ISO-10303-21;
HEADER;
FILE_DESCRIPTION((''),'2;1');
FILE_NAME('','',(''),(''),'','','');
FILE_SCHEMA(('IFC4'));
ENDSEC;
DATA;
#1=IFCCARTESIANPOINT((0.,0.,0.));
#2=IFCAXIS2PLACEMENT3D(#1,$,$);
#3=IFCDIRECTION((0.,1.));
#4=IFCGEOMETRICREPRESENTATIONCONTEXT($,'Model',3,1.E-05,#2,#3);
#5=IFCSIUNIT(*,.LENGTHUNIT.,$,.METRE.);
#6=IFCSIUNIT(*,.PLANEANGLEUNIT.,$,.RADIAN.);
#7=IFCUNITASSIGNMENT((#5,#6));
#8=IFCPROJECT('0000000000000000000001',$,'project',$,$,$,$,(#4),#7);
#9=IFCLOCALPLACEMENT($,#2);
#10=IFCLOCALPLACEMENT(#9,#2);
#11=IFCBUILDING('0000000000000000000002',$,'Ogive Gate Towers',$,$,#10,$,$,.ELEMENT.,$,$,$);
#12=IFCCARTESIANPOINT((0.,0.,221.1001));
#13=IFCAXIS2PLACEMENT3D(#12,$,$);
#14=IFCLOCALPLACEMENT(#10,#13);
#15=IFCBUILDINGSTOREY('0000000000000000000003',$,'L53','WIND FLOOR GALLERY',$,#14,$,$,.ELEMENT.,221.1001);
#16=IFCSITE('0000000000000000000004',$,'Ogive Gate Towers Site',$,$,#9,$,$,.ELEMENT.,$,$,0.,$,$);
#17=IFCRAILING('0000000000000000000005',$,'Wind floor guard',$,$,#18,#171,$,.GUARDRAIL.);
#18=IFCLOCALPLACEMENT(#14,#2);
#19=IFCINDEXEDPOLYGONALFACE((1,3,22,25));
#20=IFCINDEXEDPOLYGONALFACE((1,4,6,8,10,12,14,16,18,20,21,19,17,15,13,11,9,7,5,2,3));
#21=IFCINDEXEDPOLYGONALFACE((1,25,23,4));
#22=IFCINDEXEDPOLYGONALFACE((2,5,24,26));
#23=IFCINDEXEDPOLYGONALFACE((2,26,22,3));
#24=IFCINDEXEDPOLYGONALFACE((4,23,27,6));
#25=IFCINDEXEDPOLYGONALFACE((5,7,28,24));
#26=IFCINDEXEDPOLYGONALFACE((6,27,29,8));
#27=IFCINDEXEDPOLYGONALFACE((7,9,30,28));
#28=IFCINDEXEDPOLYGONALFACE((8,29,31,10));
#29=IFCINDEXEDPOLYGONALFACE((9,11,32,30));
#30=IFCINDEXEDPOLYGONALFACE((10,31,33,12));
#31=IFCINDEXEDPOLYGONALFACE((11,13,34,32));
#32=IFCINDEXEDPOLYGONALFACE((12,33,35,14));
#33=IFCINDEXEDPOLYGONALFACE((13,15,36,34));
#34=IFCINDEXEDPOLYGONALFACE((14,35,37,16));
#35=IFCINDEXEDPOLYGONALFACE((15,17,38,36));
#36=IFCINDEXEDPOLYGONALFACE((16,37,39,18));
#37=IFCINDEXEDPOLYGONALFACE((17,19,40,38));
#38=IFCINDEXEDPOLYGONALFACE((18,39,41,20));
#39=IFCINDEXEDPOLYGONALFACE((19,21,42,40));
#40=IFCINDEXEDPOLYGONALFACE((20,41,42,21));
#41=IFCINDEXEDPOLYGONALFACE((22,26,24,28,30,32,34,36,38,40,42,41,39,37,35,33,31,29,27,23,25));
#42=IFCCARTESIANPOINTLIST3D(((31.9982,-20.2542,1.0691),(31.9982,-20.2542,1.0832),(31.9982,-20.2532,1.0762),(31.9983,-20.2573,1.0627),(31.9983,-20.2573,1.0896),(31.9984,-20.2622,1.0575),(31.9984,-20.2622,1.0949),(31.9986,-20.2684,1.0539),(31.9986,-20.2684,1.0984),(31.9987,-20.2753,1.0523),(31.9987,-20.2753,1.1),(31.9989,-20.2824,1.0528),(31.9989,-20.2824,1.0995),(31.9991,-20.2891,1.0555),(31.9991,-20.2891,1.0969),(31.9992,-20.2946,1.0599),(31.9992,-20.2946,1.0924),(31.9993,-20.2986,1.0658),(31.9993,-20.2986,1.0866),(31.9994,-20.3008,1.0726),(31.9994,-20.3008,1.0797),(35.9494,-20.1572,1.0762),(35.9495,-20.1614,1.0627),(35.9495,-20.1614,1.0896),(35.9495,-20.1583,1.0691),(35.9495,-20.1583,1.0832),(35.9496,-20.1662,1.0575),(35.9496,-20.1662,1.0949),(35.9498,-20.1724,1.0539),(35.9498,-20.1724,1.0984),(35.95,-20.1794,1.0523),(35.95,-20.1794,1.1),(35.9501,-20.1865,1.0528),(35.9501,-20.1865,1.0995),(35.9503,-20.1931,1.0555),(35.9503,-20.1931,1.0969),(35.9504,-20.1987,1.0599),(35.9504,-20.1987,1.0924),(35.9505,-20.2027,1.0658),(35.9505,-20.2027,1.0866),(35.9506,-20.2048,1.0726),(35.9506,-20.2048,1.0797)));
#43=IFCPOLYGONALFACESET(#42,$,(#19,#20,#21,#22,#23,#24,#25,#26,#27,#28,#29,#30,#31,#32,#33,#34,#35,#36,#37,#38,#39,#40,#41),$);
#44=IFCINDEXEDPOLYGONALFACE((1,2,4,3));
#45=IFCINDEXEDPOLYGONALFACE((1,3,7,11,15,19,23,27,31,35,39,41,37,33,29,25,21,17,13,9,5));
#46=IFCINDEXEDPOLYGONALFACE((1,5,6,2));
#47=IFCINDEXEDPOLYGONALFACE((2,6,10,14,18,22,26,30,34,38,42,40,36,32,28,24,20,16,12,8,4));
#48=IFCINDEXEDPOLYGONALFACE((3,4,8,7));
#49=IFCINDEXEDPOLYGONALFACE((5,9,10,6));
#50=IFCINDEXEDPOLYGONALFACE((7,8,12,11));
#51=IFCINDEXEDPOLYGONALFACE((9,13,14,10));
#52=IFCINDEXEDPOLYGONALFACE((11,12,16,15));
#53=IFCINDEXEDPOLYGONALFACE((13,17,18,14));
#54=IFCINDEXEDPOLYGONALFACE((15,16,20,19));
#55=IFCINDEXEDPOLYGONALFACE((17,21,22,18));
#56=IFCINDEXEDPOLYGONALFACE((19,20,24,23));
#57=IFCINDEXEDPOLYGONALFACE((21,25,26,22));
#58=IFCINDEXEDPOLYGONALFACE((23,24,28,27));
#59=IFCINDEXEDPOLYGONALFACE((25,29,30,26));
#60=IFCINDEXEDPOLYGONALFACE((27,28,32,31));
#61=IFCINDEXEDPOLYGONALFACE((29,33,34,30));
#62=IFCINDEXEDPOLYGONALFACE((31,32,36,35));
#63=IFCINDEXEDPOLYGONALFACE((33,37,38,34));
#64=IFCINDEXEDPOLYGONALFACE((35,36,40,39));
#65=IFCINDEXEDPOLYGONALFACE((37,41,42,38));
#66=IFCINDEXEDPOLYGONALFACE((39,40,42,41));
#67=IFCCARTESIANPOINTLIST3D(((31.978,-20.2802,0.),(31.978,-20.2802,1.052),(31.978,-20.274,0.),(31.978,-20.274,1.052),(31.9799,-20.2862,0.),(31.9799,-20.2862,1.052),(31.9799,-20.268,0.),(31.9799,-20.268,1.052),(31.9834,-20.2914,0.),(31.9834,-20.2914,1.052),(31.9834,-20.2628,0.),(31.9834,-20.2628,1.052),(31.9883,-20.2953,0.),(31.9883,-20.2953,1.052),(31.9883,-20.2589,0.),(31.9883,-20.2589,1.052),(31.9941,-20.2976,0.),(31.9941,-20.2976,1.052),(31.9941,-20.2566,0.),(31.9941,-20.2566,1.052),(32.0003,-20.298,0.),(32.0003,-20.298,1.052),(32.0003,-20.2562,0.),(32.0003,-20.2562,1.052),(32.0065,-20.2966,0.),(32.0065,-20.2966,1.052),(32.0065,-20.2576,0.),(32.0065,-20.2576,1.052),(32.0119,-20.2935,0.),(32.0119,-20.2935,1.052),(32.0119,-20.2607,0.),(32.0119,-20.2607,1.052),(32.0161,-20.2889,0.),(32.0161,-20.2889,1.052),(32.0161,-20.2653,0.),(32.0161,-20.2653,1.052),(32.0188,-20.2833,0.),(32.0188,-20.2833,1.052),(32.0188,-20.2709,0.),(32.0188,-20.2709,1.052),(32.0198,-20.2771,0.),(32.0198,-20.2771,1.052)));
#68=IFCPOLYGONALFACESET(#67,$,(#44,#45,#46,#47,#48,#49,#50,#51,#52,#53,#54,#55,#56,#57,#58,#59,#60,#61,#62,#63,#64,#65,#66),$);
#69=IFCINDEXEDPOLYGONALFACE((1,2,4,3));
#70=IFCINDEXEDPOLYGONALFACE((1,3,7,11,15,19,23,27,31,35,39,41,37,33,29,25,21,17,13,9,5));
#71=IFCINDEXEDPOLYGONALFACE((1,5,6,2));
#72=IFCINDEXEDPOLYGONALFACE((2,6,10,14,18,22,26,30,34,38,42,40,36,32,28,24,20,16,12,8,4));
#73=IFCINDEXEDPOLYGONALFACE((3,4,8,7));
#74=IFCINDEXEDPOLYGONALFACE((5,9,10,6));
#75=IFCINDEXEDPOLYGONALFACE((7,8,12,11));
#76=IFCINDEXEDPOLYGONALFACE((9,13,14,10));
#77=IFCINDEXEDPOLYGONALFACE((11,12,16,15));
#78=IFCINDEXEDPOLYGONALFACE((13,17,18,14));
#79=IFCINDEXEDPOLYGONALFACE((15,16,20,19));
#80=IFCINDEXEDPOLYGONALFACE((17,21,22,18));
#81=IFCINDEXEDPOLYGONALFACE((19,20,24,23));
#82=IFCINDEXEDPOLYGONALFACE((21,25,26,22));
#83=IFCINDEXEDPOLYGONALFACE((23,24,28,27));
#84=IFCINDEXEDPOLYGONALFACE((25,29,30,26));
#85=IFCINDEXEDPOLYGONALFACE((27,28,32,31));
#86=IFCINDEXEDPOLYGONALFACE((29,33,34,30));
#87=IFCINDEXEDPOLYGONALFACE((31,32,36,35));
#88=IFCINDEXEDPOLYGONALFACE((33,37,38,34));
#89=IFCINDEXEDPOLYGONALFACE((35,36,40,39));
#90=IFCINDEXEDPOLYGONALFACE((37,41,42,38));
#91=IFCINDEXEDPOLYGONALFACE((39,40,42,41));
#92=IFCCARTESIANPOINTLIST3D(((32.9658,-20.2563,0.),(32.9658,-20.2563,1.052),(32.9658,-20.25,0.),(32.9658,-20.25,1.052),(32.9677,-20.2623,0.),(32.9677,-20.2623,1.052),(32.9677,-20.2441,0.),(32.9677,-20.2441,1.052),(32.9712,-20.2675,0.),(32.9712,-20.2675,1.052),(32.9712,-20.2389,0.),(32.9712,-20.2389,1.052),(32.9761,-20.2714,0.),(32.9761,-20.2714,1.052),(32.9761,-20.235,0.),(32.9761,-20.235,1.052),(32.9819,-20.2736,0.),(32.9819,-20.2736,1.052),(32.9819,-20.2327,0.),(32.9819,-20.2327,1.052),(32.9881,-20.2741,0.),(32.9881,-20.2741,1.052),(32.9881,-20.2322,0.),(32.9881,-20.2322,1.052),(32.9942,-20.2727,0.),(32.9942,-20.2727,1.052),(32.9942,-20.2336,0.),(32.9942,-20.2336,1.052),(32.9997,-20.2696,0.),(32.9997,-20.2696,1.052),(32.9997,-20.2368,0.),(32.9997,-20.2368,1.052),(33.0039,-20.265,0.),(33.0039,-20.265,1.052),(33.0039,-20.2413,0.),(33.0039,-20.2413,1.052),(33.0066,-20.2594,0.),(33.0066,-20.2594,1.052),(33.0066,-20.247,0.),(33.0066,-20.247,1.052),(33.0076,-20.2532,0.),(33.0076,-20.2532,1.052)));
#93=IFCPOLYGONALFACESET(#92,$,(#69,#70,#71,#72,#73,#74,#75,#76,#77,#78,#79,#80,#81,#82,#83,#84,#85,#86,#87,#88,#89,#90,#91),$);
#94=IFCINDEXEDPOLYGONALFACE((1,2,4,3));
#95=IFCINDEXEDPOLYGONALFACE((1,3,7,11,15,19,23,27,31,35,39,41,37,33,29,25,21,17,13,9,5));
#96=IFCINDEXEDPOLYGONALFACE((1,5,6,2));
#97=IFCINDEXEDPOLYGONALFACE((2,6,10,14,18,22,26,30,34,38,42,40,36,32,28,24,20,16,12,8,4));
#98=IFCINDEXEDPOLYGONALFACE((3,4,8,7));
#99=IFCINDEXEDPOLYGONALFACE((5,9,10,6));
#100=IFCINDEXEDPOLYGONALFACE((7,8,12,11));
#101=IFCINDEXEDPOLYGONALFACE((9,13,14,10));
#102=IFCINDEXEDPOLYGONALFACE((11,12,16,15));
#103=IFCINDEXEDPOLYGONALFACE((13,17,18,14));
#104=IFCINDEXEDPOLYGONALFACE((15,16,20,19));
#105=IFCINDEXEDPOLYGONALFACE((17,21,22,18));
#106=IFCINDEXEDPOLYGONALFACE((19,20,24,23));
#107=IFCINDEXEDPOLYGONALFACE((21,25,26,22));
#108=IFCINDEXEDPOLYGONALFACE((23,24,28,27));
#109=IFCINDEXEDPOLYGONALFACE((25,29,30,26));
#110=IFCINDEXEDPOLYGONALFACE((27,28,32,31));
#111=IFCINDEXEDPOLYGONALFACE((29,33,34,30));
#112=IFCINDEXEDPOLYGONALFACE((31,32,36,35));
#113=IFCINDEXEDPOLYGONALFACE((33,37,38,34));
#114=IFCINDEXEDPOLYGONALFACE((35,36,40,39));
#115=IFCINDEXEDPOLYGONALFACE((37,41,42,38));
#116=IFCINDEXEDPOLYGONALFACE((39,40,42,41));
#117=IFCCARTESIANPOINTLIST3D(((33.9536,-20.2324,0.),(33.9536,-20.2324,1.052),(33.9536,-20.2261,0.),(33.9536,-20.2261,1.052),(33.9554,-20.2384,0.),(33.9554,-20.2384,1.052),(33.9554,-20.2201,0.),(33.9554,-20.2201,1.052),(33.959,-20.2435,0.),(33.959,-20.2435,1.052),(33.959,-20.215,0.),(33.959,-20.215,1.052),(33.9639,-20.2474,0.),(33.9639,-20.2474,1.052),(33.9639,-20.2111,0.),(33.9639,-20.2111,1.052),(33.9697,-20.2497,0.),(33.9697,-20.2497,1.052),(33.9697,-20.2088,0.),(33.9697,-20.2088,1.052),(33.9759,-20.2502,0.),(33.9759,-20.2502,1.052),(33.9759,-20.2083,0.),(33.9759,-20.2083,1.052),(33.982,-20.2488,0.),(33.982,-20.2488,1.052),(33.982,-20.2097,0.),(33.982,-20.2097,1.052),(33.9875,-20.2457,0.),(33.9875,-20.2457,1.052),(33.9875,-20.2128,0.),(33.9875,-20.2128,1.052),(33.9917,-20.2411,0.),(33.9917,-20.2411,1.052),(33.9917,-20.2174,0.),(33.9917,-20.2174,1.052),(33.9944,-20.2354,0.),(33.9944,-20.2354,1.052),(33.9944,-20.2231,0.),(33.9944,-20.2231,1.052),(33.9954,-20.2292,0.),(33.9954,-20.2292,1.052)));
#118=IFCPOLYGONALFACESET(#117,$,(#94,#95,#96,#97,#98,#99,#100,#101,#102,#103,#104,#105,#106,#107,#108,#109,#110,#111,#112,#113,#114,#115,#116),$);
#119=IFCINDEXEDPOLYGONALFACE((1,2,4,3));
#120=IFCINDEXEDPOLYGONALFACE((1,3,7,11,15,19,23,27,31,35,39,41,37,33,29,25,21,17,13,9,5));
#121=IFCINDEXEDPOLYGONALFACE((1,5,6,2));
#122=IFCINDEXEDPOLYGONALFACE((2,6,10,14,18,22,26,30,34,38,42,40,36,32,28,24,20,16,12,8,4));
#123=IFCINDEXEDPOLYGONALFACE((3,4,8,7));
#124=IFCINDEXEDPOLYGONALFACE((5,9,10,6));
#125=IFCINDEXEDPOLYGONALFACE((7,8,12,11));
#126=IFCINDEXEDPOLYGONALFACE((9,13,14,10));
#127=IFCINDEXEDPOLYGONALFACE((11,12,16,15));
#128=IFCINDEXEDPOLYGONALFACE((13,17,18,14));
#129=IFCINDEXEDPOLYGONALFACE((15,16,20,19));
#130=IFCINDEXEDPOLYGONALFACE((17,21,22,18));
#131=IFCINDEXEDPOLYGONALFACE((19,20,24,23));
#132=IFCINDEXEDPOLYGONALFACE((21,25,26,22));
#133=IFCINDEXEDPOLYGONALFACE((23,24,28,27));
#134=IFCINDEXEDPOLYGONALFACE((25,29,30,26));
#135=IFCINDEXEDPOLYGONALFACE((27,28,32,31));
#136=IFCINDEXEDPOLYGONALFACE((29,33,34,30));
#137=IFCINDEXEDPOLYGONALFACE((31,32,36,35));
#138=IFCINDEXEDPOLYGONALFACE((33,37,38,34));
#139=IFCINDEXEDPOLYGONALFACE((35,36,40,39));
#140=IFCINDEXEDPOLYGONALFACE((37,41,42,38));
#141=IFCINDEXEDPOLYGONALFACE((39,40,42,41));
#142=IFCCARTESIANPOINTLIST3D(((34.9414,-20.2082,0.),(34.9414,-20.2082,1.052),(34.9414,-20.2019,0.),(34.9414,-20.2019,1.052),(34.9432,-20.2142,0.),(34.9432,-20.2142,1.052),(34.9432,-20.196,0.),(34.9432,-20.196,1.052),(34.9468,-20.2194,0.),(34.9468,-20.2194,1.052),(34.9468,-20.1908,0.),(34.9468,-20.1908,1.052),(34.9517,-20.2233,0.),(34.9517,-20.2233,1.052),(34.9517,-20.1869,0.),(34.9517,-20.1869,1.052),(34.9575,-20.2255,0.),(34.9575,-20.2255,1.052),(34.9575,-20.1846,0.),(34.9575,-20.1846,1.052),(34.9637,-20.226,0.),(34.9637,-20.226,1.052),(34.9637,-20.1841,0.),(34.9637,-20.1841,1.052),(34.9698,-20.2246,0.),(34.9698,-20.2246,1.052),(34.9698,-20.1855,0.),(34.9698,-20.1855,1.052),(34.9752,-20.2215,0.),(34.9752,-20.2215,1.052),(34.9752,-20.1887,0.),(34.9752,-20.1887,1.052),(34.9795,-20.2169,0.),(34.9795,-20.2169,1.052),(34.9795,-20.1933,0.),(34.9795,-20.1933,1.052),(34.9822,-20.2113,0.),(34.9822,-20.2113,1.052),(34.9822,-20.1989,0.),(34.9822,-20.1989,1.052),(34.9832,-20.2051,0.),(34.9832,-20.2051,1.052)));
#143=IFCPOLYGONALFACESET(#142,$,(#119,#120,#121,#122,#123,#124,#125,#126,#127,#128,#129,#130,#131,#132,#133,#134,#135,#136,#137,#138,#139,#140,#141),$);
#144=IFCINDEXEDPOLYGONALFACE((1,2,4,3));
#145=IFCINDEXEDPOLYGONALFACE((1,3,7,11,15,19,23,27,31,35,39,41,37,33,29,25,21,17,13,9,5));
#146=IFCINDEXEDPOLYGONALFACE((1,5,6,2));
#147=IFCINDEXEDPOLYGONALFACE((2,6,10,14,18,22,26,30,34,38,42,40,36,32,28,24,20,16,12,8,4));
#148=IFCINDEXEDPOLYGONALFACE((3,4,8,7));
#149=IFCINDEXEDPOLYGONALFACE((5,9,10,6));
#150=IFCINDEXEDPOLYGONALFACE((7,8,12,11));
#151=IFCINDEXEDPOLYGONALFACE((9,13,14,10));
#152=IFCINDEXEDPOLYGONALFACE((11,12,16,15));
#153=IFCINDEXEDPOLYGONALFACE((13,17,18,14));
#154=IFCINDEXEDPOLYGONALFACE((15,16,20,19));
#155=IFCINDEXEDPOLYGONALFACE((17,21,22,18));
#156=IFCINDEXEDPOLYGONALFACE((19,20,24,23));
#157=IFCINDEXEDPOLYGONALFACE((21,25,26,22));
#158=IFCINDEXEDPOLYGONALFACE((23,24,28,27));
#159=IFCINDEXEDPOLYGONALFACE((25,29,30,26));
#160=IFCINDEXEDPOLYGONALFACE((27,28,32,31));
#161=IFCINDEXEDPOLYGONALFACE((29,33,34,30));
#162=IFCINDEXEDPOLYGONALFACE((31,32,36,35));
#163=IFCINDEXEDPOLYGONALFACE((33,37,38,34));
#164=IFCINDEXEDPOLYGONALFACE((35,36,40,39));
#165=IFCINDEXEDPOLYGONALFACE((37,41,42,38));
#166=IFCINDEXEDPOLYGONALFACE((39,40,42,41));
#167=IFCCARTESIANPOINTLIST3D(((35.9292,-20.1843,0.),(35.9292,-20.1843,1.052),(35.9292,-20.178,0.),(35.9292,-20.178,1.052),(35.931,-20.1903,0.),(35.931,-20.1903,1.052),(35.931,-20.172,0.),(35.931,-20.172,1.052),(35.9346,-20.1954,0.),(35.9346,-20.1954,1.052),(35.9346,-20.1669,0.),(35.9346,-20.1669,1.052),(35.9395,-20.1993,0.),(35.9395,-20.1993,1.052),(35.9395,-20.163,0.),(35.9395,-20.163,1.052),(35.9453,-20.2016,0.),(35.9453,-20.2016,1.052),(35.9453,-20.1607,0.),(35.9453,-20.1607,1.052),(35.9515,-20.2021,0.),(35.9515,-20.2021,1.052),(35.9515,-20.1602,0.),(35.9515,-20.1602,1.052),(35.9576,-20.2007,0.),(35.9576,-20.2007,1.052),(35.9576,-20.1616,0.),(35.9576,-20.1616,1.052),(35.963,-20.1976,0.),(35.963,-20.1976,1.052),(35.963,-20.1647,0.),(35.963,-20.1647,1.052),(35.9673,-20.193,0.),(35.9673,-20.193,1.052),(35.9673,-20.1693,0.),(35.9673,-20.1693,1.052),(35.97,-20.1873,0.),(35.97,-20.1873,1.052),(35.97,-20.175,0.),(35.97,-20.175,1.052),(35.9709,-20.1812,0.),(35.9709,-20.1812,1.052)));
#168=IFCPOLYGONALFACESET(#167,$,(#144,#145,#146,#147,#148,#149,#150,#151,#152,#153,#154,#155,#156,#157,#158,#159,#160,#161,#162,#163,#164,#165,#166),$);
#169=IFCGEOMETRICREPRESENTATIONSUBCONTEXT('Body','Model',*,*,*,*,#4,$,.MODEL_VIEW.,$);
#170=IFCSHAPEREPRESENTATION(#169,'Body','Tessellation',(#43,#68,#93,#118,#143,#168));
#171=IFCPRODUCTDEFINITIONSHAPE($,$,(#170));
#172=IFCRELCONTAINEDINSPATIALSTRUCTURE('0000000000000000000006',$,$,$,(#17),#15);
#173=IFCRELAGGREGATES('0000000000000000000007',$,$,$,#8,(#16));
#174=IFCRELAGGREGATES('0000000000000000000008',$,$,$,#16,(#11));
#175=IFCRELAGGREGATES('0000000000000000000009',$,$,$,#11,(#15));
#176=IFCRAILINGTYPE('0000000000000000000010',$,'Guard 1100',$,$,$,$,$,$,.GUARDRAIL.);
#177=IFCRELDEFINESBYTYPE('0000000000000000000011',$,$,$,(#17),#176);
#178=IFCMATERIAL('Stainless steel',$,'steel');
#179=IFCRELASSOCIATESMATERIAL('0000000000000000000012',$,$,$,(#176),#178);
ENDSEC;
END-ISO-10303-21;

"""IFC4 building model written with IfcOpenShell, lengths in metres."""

from ifc_helpers import new_model, si_unit, direction, frame, origin, origin_2d, place, context, subcontext, project, spatial, circle, extrude, material, type_object, element, save


model = new_model("IFC4")

# Units and contexts
model_context = context("Model", 3, precision=1e-05, world=origin(), true_north=direction((0.0, 1.0)))
body_context = subcontext(model_context, "Body", "Model", "MODEL_VIEW")
ifc_project = project(units=[si_unit("LENGTHUNIT", "METRE"), si_unit("PLANEANGLEUNIT", "RADIAN")], contexts=[model_context])

# Site, building, storey
site_placement = place(None, origin())
site = spatial("IfcSite", under=ifc_project, at=site_placement, Name="Ogive Gate Towers Site", CompositionType="ELEMENT", RefElevation=0.0)
building_placement = place(site_placement, origin())
building = spatial("IfcBuilding", under=site, at=building_placement, Name="Ogive Gate Towers", CompositionType="ELEMENT")
storey_placement = place(building_placement, frame((0.0, 0.0, 221.1001)))
storey = spatial("IfcBuildingStorey", under=building, at=storey_placement, Name="L53", Description="WIND FLOOR GALLERY", CompositionType="ELEMENT", Elevation=221.1001)

# Railing
ifc_material_1 = material(Name="Stainless steel", Category="steel")
railing_type_1 = type_object("IfcRailingType", Name="Guard 1100", PredefinedType="GUARDRAIL", material=ifc_material_1)
railing_1_placement = place(storey_placement, frame((31.9988, -20.2771, 0.0)))
element("IfcRailing", 1, at=railing_1_placement, inside=storey, type_object=railing_type_1, Name="Wind floor guard", PredefinedType="GUARDRAIL", context=body_context, shape_type="SweptSolid", body=[
    extrude(circle(Radius=0.0239, at=origin_2d()), frame((0.0, 0.0, 1.0762), z_axis=(0.999705, 0.024276, 0.0), x_axis=(-0.024276, 0.999705, 0.0)), (0.0, 0.0, 1.0), 3.9524),
    extrude(circle(Radius=0.021, at=origin_2d()), origin(), (0.0, 0.0, 1.0), 1.052),
    extrude(circle(Radius=0.021, at=origin_2d()), frame((0.9878, 0.0239, 0.0)), (0.0, 0.0, 1.0), 1.052),
    extrude(circle(Radius=0.021, at=origin_2d()), frame((1.9756, 0.0479, 0.0)), (0.0, 0.0, 1.0), 1.052),
    extrude(circle(Radius=0.021, at=origin_2d()), frame((2.9634, 0.072, 0.0)), (0.0, 0.0, 1.0), 1.052),
    extrude(circle(Radius=0.021, at=origin_2d()), frame((3.9512, 0.0959, 0.0)), (0.0, 0.0, 1.0), 1.052),
])

save(model, "model.ifc")
